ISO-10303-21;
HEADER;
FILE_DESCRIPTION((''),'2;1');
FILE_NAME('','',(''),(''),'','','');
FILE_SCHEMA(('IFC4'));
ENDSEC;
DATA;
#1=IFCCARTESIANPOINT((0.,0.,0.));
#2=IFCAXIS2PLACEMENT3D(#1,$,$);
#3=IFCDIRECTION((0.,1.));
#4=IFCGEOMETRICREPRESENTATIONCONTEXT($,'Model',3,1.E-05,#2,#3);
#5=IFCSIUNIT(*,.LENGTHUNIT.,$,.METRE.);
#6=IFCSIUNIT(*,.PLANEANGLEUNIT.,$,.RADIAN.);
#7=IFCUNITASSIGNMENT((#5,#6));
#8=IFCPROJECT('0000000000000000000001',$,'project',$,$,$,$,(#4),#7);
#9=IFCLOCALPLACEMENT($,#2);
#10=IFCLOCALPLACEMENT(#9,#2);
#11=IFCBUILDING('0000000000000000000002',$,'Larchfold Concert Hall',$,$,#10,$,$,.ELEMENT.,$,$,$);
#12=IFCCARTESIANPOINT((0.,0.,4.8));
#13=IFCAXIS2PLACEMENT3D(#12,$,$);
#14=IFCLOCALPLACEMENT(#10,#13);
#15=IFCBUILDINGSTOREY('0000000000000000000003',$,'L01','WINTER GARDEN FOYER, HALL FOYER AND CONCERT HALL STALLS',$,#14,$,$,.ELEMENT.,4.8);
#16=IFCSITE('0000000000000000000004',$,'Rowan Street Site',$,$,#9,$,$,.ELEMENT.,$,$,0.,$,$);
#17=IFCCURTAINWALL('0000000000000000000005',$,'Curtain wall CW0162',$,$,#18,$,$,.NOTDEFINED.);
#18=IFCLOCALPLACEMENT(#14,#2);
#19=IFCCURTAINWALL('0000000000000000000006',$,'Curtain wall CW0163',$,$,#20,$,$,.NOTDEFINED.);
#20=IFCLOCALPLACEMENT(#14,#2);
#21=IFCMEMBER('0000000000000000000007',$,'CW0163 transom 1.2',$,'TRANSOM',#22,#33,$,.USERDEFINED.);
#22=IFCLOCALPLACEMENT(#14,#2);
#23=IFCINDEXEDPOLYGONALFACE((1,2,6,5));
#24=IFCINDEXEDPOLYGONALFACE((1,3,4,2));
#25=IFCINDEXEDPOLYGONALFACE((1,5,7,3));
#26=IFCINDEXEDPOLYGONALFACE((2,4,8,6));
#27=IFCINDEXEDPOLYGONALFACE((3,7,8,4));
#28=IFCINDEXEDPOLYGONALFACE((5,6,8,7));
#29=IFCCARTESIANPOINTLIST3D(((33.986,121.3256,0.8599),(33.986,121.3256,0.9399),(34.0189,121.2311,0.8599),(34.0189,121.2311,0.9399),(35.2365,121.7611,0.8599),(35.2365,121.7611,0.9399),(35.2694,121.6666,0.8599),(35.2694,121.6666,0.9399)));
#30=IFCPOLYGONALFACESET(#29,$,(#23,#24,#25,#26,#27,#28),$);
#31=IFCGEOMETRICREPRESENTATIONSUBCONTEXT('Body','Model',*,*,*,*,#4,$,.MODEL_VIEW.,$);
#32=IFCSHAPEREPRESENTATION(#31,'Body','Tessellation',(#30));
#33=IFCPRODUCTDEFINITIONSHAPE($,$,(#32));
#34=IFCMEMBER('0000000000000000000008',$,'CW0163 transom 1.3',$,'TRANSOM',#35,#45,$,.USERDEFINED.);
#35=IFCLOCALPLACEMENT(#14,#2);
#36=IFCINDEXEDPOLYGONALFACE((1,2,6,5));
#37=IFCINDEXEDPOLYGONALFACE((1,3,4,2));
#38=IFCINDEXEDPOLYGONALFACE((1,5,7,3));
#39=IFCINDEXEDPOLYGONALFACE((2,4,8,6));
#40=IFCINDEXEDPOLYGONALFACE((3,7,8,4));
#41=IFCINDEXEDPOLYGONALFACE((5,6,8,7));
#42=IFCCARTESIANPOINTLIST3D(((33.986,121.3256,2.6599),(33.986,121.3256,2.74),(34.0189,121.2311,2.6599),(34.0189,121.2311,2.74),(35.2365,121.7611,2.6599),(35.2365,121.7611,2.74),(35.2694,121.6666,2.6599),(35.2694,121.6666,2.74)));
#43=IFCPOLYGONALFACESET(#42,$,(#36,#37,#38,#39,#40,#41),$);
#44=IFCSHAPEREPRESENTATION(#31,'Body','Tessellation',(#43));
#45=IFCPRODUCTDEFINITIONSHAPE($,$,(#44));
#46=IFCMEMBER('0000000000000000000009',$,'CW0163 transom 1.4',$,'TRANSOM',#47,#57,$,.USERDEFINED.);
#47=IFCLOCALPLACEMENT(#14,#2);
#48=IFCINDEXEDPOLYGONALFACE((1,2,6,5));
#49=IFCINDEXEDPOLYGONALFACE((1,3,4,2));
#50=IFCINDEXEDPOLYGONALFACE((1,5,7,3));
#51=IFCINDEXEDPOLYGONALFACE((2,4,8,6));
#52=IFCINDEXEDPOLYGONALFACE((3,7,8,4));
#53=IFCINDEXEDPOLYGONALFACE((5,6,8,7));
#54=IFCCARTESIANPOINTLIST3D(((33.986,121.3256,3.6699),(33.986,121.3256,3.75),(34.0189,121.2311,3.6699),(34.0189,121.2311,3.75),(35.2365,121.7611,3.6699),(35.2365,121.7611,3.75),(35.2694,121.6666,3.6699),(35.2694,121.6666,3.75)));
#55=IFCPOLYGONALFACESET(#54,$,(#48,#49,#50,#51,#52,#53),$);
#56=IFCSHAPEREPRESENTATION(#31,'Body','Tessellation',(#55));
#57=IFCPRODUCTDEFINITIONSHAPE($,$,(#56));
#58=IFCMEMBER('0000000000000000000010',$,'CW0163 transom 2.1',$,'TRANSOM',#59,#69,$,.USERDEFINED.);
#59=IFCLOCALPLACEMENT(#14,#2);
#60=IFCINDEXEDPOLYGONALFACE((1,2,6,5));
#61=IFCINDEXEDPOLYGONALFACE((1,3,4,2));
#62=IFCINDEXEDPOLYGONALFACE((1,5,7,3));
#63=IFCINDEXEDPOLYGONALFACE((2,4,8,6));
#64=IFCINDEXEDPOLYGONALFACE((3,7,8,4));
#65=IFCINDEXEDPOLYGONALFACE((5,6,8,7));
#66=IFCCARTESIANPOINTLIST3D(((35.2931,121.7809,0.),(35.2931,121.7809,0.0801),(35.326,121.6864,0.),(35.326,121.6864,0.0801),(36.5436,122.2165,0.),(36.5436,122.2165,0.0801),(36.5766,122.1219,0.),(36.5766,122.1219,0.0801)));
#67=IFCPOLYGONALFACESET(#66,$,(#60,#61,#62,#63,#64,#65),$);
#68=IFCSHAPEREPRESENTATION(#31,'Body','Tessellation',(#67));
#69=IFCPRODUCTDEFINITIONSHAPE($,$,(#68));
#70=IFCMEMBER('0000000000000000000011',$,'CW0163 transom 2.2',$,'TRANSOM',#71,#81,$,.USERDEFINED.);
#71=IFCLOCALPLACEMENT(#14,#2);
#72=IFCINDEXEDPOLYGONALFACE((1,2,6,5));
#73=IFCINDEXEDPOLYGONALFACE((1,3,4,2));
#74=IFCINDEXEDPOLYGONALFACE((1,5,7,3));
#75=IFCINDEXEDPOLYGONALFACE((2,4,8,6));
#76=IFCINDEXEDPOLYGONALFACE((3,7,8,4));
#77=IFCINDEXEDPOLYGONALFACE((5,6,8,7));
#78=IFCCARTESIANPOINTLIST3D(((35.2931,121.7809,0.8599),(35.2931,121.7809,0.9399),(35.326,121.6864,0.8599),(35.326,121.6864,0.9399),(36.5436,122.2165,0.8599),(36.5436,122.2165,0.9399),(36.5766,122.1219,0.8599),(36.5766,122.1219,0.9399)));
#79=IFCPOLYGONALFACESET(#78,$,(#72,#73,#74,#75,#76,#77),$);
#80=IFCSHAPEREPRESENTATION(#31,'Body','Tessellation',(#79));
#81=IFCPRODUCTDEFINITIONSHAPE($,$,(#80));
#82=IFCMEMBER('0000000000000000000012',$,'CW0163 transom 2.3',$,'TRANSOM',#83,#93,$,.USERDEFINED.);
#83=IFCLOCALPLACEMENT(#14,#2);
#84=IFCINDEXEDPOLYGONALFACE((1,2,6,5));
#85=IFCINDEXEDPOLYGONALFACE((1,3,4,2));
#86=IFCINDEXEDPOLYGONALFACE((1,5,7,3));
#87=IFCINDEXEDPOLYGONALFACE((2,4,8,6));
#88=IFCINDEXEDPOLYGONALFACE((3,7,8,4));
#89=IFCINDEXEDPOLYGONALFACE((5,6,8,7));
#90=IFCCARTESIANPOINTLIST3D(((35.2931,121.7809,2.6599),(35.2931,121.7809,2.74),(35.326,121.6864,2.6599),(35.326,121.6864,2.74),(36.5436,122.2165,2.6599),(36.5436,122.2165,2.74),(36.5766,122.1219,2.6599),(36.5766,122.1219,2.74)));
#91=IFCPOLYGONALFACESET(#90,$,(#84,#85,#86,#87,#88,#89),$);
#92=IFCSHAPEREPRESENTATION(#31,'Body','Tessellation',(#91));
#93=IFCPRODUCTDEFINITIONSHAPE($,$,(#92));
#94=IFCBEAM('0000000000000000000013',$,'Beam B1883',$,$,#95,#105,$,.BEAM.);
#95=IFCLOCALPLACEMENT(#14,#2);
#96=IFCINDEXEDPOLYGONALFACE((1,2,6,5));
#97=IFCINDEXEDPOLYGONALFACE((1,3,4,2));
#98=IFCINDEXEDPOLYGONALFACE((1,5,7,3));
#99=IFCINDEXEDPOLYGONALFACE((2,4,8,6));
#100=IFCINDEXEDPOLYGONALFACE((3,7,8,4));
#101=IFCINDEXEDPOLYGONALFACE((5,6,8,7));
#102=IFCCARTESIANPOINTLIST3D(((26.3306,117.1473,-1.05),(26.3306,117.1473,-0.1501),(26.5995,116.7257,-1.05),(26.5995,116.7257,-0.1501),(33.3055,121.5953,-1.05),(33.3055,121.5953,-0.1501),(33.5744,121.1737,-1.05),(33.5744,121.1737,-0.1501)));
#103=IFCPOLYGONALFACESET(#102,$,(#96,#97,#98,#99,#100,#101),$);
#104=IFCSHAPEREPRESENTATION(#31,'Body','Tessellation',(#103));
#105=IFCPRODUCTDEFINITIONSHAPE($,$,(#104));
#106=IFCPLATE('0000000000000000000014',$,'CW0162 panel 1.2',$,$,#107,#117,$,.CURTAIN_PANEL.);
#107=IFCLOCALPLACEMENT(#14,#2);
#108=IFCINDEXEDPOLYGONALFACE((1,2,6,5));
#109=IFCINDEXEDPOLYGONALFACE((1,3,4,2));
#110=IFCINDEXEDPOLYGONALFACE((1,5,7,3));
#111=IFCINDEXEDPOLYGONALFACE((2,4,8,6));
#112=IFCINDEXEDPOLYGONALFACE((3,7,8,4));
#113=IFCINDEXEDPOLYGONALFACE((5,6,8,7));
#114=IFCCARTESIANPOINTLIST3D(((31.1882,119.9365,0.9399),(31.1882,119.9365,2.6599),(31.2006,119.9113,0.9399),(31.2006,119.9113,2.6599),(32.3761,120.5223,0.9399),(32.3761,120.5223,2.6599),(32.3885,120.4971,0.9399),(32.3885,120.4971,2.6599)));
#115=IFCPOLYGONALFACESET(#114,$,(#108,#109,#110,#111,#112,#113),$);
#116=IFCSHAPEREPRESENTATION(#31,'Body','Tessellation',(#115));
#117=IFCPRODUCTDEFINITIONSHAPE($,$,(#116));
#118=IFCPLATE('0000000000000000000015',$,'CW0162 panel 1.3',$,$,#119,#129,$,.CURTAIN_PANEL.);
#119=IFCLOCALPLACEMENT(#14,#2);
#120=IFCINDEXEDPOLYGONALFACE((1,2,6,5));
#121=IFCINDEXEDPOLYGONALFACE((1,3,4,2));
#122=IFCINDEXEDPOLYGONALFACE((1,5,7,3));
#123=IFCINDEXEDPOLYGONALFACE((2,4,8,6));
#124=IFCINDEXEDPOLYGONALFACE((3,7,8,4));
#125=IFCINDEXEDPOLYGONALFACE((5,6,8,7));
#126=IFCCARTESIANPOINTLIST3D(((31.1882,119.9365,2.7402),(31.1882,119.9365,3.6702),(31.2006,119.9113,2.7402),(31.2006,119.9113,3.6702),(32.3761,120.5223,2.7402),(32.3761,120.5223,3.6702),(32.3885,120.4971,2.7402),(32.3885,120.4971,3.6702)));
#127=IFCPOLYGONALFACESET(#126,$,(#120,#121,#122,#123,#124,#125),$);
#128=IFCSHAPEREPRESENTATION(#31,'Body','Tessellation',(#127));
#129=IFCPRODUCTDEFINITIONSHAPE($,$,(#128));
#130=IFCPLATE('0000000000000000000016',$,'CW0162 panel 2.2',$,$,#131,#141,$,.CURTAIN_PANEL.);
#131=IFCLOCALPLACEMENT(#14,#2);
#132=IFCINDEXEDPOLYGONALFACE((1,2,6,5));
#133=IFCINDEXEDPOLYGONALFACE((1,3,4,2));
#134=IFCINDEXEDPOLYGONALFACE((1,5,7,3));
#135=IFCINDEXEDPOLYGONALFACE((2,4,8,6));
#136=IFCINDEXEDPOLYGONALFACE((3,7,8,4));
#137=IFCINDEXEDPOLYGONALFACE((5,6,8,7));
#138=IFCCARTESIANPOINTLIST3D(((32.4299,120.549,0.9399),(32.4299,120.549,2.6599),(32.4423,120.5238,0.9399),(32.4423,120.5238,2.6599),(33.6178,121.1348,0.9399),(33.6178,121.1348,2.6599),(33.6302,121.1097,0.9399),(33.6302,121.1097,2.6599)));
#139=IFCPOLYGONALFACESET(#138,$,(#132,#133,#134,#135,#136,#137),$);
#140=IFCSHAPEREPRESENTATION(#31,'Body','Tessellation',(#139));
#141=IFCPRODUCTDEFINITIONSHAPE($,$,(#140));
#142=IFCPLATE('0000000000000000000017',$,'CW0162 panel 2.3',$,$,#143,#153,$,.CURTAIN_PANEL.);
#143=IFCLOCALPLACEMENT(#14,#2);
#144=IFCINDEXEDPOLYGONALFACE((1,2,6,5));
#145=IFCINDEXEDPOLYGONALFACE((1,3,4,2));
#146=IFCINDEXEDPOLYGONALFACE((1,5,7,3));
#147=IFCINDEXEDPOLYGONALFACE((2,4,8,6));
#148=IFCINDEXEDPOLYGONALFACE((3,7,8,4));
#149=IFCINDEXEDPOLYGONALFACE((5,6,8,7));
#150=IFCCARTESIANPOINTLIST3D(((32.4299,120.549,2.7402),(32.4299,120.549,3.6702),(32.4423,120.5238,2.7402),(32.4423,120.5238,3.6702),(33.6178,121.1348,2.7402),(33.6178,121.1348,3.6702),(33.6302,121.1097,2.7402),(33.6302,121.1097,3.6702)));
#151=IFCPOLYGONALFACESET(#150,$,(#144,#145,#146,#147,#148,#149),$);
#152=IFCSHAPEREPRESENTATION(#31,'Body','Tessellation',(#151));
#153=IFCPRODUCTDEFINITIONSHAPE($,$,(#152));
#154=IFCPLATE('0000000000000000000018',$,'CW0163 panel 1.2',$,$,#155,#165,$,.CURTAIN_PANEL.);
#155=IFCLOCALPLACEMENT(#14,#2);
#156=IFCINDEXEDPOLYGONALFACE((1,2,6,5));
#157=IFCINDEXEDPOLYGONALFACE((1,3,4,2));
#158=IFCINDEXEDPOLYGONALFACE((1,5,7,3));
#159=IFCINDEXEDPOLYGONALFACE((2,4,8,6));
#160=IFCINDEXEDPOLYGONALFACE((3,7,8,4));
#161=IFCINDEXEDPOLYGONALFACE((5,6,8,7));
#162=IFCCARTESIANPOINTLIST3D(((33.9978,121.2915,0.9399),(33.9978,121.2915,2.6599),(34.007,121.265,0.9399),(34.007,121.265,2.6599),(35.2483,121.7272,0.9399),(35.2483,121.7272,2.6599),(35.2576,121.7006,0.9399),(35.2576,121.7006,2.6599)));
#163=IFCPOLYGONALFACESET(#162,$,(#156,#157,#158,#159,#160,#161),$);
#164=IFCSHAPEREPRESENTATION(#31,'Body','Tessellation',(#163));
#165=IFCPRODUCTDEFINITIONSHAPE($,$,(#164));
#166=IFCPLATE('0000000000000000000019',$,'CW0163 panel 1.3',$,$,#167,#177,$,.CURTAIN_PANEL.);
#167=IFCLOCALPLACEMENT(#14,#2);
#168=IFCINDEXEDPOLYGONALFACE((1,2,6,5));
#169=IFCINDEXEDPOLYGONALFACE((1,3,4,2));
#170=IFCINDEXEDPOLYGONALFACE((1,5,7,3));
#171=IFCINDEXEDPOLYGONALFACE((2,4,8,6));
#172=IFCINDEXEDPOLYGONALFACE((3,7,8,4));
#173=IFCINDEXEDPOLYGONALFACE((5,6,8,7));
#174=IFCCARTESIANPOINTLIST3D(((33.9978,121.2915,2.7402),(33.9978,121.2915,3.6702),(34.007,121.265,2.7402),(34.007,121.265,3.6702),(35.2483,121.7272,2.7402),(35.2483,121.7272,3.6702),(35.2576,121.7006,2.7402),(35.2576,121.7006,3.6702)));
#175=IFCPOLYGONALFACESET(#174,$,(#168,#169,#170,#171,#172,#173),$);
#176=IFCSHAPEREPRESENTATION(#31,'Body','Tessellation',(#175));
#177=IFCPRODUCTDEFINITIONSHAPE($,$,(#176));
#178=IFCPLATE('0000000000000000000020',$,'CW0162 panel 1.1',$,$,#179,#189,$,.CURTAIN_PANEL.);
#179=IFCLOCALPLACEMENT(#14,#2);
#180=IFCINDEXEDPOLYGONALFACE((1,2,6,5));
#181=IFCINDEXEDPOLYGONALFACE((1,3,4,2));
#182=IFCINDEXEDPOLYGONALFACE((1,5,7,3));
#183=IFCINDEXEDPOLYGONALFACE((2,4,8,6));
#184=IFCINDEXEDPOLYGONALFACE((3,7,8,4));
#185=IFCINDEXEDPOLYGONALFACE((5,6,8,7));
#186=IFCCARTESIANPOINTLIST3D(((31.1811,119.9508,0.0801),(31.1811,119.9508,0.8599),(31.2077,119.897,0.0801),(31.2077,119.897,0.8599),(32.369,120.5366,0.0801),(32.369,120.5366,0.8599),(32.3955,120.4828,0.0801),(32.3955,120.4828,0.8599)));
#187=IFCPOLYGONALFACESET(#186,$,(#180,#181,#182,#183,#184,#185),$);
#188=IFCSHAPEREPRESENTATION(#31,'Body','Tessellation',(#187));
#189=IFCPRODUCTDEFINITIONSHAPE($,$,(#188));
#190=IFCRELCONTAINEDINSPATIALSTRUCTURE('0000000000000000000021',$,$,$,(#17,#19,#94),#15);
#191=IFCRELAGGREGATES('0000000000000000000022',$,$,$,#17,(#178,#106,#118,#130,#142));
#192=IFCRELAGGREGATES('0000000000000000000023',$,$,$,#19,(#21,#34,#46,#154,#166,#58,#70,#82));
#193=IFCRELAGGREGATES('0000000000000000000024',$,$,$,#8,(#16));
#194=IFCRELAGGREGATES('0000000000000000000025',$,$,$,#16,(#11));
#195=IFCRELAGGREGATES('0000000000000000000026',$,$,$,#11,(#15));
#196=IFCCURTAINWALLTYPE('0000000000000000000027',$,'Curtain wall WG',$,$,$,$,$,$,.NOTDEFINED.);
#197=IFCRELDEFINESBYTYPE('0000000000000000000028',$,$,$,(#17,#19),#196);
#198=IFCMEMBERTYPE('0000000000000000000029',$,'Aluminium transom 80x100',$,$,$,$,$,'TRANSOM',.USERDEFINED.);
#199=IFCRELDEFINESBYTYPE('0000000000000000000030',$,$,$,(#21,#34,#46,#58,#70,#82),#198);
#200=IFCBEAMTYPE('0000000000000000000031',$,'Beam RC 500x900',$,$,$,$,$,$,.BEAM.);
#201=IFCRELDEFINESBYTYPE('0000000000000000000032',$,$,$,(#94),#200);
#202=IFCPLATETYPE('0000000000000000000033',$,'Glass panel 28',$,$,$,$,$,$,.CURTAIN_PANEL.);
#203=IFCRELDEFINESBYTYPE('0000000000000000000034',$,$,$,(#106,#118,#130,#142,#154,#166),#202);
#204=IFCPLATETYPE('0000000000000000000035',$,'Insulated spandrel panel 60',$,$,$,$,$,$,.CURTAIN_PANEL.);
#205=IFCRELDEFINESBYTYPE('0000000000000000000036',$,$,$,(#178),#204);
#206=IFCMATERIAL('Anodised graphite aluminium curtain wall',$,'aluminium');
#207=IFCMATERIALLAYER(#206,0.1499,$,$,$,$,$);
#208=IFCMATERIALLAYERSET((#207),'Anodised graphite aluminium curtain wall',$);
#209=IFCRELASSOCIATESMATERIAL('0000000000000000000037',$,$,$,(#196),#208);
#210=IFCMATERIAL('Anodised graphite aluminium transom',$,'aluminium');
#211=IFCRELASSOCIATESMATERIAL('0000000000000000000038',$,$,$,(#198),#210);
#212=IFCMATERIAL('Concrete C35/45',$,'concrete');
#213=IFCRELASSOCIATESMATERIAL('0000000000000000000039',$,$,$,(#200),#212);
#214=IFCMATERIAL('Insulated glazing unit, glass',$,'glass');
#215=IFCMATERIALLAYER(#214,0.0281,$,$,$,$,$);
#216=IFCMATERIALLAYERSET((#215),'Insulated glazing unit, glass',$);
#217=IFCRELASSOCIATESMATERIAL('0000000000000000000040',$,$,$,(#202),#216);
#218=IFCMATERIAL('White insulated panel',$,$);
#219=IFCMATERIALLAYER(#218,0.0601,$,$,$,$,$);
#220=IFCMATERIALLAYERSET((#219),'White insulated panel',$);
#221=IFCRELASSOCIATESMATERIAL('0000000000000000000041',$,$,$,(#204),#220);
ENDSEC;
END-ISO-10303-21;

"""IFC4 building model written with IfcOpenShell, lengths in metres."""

from ifc_helpers import new_model, si_unit, direction, frame, origin, origin_2d, place, context, subcontext, project, spatial, rectangle, extrude, material, layer, layer_set, material_profile, profile_set, type_object, element, aggregate, save


model = new_model("IFC4")

# Units and contexts
model_context = context("Model", 3, precision=1e-05, world=origin(), true_north=direction((0.0, 1.0)))
body_context = subcontext(model_context, "Body", "Model", "MODEL_VIEW")
ifc_project = project(units=[si_unit("LENGTHUNIT", "METRE"), si_unit("PLANEANGLEUNIT", "RADIAN")], contexts=[model_context])

# Site, building, storey
site_placement = place(None, origin())
site = spatial("IfcSite", under=ifc_project, at=site_placement, Name="Rowan Street Site", CompositionType="ELEMENT", RefElevation=0.0)
building_placement = place(site_placement, origin())
building = spatial("IfcBuilding", under=site, at=building_placement, Name="Larchfold Concert Hall", CompositionType="ELEMENT")
storey_placement = place(building_placement, frame((0.0, 0.0, 4.8)))
storey = spatial("IfcBuildingStorey", under=building, at=storey_placement, Name="L01", Description="WINTER GARDEN FOYER, HALL FOYER AND CONCERT HALL STALLS", CompositionType="ELEMENT", Elevation=4.8)

# Curtain walls
ifc_material_1 = material(Name="Anodised graphite aluminium curtain wall", Category="aluminium")
ifc_layer_1 = layer(ifc_material_1, 0.1499)
ifc_layer_set_1 = layer_set([ifc_layer_1], Name="Anodised graphite aluminium curtain wall")
curtain_wall_type = type_object("IfcCurtainWallType", Name="Curtain wall WG", PredefinedType="NOTDEFINED", material=ifc_layer_set_1)
curtain_wall_1_placement = place(storey_placement, origin())
curtain_wall_1 = element("IfcCurtainWall", 1, at=curtain_wall_1_placement, inside=storey, type_object=curtain_wall_type, Name="Curtain wall CW0162", PredefinedType="NOTDEFINED")
curtain_wall_2_placement = place(storey_placement, origin())
curtain_wall_2 = element("IfcCurtainWall", 2, at=curtain_wall_2_placement, inside=storey, type_object=curtain_wall_type, Name="Curtain wall CW0163", PredefinedType="NOTDEFINED")

# Members
ifc_material_2 = material(Name="Anodised graphite aluminium transom", Category="aluminium")
ifc_material_profile_1 = material_profile(ifc_material_2, rectangle(XDim=0.1001, YDim=0.0801, at=origin_2d()))
ifc_profile_set_1 = profile_set([ifc_material_profile_1], Name="Anodised graphite aluminium transom")
member_type_1 = type_object("IfcMemberType", Name="Aluminium transom 80x100", ElementType="TRANSOM", PredefinedType="USERDEFINED", material=ifc_profile_set_1)
member_1_placement = place(storey_placement, frame((34.0024, 121.2783, 0.8999), z_axis=(0.944357, 0.328921, 0.0), x_axis=(-0.328921, 0.944357, 0.0)))
member_1 = element("IfcMember", 3, at=member_1_placement, type_object=member_type_1, Name="CW0163 transom 1.2", ObjectType="TRANSOM", PredefinedType="USERDEFINED", context=body_context, shape_type="SweptSolid", body=[
    extrude(rectangle(XDim=0.1001, YDim=0.0801, at=origin_2d()), origin(), (0.0, 0.0, 1.0), 1.3242),
])
member_2_placement = place(storey_placement, frame((34.0024, 121.2783, 2.7), z_axis=(0.944357, 0.328921, 0.0), x_axis=(-0.328921, 0.944357, 0.0)))
member_2 = element("IfcMember", 4, at=member_2_placement, type_object=member_type_1, Name="CW0163 transom 1.3", ObjectType="TRANSOM", PredefinedType="USERDEFINED", context=body_context, shape_type="SweptSolid", body=[
    extrude(rectangle(XDim=0.1001, YDim=0.0801, at=origin_2d()), origin(), (0.0, 0.0, 1.0), 1.3242),
])
member_3_placement = place(storey_placement, frame((34.0024, 121.2783, 3.71), z_axis=(0.944357, 0.328921, 0.0), x_axis=(-0.328921, 0.944357, 0.0)))
member_3 = element("IfcMember", 5, at=member_3_placement, type_object=member_type_1, Name="CW0163 transom 1.4", ObjectType="TRANSOM", PredefinedType="USERDEFINED", context=body_context, shape_type="SweptSolid", body=[
    extrude(rectangle(XDim=0.1001, YDim=0.0801, at=origin_2d()), origin(), (0.0, 0.0, 1.0), 1.3242),
])
member_4_placement = place(storey_placement, frame((35.3096, 121.7336, 0.04), z_axis=(0.944357, 0.328921, 0.0), x_axis=(-0.328921, 0.944357, 0.0)))
member_4 = element("IfcMember", 6, at=member_4_placement, type_object=member_type_1, Name="CW0163 transom 2.1", ObjectType="TRANSOM", PredefinedType="USERDEFINED", context=body_context, shape_type="SweptSolid", body=[
    extrude(rectangle(XDim=0.1001, YDim=0.0801, at=origin_2d()), origin(), (0.0, 0.0, 1.0), 1.3242),
])
member_5_placement = place(storey_placement, frame((35.3096, 121.7336, 0.8999), z_axis=(0.944357, 0.328921, 0.0), x_axis=(-0.328921, 0.944357, 0.0)))
member_5 = element("IfcMember", 7, at=member_5_placement, type_object=member_type_1, Name="CW0163 transom 2.2", ObjectType="TRANSOM", PredefinedType="USERDEFINED", context=body_context, shape_type="SweptSolid", body=[
    extrude(rectangle(XDim=0.1001, YDim=0.0801, at=origin_2d()), origin(), (0.0, 0.0, 1.0), 1.3242),
])
member_6_placement = place(storey_placement, frame((35.3096, 121.7336, 2.7), z_axis=(0.944357, 0.328921, 0.0), x_axis=(-0.328921, 0.944357, 0.0)))
member_6 = element("IfcMember", 8, at=member_6_placement, type_object=member_type_1, Name="CW0163 transom 2.3", ObjectType="TRANSOM", PredefinedType="USERDEFINED", context=body_context, shape_type="SweptSolid", body=[
    extrude(rectangle(XDim=0.1001, YDim=0.0801, at=origin_2d()), origin(), (0.0, 0.0, 1.0), 1.3242),
])

# Beam
ifc_material_3 = material(Name="Concrete C35/45", Category="concrete")
ifc_material_profile_2 = material_profile(ifc_material_3, rectangle(XDim=0.5, YDim=0.8999, at=origin_2d()))
ifc_profile_set_2 = profile_set([ifc_material_profile_2], Name="Concrete C35/45")
beam_type = type_object("IfcBeamType", Name="Beam RC 500x900", PredefinedType="BEAM", material=ifc_profile_set_2)
beam_placement = place(storey_placement, frame((33.4399, 121.3845, -0.6001), z_axis=(-0.843143, -0.537689, 0.0), x_axis=(0.537689, -0.843143, 0.0)))
element("IfcBeam", 9, at=beam_placement, inside=storey, type_object=beam_type, Name="Beam B1883", PredefinedType="BEAM", context=body_context, shape_type="SweptSolid", body=[
    extrude(rectangle(XDim=0.5, YDim=0.8999, at=origin_2d()), origin(), (0.0, 0.0, 1.0), 8.2725),
])

# Plates
ifc_material_4 = material(Name="Insulated glazing unit, glass", Category="glass")
ifc_layer_2 = layer(ifc_material_4, 0.0281)
ifc_layer_set_2 = layer_set([ifc_layer_2], Name="Insulated glazing unit, glass")
plate_type_1 = type_object("IfcPlateType", Name="Glass panel 28", PredefinedType="CURTAIN_PANEL", material=ifc_layer_set_2)
plate_1_placement = place(storey_placement, frame((31.7883, 120.2168, 0.9399), z_axis=(0.0, 0.0, 1.0), x_axis=(0.896865, 0.442305, 0.0)))
plate_1 = element("IfcPlate", 10, at=plate_1_placement, type_object=plate_type_1, Name="CW0162 panel 1.2", PredefinedType="CURTAIN_PANEL", context=body_context, shape_type="SweptSolid", body=[
    extrude(rectangle(XDim=1.3245, YDim=0.0281, at=origin_2d()), origin(), (0.0, 0.0, 1.0), 1.72),
])
plate_2_placement = place(storey_placement, frame((31.7883, 120.2168, 2.7402), z_axis=(0.0, 0.0, 1.0), x_axis=(0.896865, 0.442305, 0.0)))
plate_2 = element("IfcPlate", 11, at=plate_2_placement, type_object=plate_type_1, Name="CW0162 panel 1.3", PredefinedType="CURTAIN_PANEL", context=body_context, shape_type="SweptSolid", body=[
    extrude(rectangle(XDim=1.3245, YDim=0.0281, at=origin_2d()), origin(), (0.0, 0.0, 1.0), 0.9299),
])
plate_3_placement = place(storey_placement, frame((33.03, 120.8293, 0.9399), z_axis=(0.0, 0.0, 1.0), x_axis=(0.896865, 0.442305, 0.0)))
plate_3 = element("IfcPlate", 12, at=plate_3_placement, type_object=plate_type_1, Name="CW0162 panel 2.2", PredefinedType="CURTAIN_PANEL", context=body_context, shape_type="SweptSolid", body=[
    extrude(rectangle(XDim=1.3245, YDim=0.0281, at=origin_2d()), origin(), (0.0, 0.0, 1.0), 1.72),
])
plate_4_placement = place(storey_placement, frame((33.03, 120.8293, 2.7402), z_axis=(0.0, 0.0, 1.0), x_axis=(0.896865, 0.442305, 0.0)))
plate_4 = element("IfcPlate", 13, at=plate_4_placement, type_object=plate_type_1, Name="CW0162 panel 2.3", PredefinedType="CURTAIN_PANEL", context=body_context, shape_type="SweptSolid", body=[
    extrude(rectangle(XDim=1.3245, YDim=0.0281, at=origin_2d()), origin(), (0.0, 0.0, 1.0), 0.9299),
])
plate_5_placement = place(storey_placement, frame((34.6277, 121.4961, 0.9399), z_axis=(0.0, 0.0, 1.0), x_axis=(0.944342, 0.328966, 0.0)))
plate_5 = element("IfcPlate", 14, at=plate_5_placement, type_object=plate_type_1, Name="CW0163 panel 1.2", PredefinedType="CURTAIN_PANEL", context=body_context, shape_type="SweptSolid", body=[
    extrude(rectangle(XDim=1.3242, YDim=0.0281, at=origin_2d()), origin(), (0.0, 0.0, 1.0), 1.72),
])
plate_6_placement = place(storey_placement, frame((34.6277, 121.4961, 2.7402), z_axis=(0.0, 0.0, 1.0), x_axis=(0.944342, 0.328966, 0.0)))
plate_6 = element("IfcPlate", 15, at=plate_6_placement, type_object=plate_type_1, Name="CW0163 panel 1.3", PredefinedType="CURTAIN_PANEL", context=body_context, shape_type="SweptSolid", body=[
    extrude(rectangle(XDim=1.3242, YDim=0.0281, at=origin_2d()), origin(), (0.0, 0.0, 1.0), 0.9299),
])
ifc_material_5 = material(Name="White insulated panel")
ifc_layer_3 = layer(ifc_material_5, 0.0601)
ifc_layer_set_3 = layer_set([ifc_layer_3], Name="White insulated panel")
plate_type_2 = type_object("IfcPlateType", Name="Insulated spandrel panel 60", PredefinedType="CURTAIN_PANEL", material=ifc_layer_set_3)
plate_7_placement = place(storey_placement, frame((31.7883, 120.2168, 0.0801), z_axis=(0.0, 0.0, 1.0), x_axis=(0.896865, 0.442305, 0.0)))
plate_7 = element("IfcPlate", 16, at=plate_7_placement, type_object=plate_type_2, Name="CW0162 panel 1.1", PredefinedType="CURTAIN_PANEL", context=body_context, shape_type="SweptSolid", body=[
    extrude(rectangle(XDim=1.3245, YDim=0.0601, at=origin_2d()), origin(), (0.0, 0.0, 1.0), 0.7798),
])
aggregate(curtain_wall_1, [plate_7, plate_1, plate_2, plate_3, plate_4])
aggregate(curtain_wall_2, [member_1, member_2, member_3, plate_5, plate_6, member_4, member_5, member_6])

save(model, "model.ifc")
